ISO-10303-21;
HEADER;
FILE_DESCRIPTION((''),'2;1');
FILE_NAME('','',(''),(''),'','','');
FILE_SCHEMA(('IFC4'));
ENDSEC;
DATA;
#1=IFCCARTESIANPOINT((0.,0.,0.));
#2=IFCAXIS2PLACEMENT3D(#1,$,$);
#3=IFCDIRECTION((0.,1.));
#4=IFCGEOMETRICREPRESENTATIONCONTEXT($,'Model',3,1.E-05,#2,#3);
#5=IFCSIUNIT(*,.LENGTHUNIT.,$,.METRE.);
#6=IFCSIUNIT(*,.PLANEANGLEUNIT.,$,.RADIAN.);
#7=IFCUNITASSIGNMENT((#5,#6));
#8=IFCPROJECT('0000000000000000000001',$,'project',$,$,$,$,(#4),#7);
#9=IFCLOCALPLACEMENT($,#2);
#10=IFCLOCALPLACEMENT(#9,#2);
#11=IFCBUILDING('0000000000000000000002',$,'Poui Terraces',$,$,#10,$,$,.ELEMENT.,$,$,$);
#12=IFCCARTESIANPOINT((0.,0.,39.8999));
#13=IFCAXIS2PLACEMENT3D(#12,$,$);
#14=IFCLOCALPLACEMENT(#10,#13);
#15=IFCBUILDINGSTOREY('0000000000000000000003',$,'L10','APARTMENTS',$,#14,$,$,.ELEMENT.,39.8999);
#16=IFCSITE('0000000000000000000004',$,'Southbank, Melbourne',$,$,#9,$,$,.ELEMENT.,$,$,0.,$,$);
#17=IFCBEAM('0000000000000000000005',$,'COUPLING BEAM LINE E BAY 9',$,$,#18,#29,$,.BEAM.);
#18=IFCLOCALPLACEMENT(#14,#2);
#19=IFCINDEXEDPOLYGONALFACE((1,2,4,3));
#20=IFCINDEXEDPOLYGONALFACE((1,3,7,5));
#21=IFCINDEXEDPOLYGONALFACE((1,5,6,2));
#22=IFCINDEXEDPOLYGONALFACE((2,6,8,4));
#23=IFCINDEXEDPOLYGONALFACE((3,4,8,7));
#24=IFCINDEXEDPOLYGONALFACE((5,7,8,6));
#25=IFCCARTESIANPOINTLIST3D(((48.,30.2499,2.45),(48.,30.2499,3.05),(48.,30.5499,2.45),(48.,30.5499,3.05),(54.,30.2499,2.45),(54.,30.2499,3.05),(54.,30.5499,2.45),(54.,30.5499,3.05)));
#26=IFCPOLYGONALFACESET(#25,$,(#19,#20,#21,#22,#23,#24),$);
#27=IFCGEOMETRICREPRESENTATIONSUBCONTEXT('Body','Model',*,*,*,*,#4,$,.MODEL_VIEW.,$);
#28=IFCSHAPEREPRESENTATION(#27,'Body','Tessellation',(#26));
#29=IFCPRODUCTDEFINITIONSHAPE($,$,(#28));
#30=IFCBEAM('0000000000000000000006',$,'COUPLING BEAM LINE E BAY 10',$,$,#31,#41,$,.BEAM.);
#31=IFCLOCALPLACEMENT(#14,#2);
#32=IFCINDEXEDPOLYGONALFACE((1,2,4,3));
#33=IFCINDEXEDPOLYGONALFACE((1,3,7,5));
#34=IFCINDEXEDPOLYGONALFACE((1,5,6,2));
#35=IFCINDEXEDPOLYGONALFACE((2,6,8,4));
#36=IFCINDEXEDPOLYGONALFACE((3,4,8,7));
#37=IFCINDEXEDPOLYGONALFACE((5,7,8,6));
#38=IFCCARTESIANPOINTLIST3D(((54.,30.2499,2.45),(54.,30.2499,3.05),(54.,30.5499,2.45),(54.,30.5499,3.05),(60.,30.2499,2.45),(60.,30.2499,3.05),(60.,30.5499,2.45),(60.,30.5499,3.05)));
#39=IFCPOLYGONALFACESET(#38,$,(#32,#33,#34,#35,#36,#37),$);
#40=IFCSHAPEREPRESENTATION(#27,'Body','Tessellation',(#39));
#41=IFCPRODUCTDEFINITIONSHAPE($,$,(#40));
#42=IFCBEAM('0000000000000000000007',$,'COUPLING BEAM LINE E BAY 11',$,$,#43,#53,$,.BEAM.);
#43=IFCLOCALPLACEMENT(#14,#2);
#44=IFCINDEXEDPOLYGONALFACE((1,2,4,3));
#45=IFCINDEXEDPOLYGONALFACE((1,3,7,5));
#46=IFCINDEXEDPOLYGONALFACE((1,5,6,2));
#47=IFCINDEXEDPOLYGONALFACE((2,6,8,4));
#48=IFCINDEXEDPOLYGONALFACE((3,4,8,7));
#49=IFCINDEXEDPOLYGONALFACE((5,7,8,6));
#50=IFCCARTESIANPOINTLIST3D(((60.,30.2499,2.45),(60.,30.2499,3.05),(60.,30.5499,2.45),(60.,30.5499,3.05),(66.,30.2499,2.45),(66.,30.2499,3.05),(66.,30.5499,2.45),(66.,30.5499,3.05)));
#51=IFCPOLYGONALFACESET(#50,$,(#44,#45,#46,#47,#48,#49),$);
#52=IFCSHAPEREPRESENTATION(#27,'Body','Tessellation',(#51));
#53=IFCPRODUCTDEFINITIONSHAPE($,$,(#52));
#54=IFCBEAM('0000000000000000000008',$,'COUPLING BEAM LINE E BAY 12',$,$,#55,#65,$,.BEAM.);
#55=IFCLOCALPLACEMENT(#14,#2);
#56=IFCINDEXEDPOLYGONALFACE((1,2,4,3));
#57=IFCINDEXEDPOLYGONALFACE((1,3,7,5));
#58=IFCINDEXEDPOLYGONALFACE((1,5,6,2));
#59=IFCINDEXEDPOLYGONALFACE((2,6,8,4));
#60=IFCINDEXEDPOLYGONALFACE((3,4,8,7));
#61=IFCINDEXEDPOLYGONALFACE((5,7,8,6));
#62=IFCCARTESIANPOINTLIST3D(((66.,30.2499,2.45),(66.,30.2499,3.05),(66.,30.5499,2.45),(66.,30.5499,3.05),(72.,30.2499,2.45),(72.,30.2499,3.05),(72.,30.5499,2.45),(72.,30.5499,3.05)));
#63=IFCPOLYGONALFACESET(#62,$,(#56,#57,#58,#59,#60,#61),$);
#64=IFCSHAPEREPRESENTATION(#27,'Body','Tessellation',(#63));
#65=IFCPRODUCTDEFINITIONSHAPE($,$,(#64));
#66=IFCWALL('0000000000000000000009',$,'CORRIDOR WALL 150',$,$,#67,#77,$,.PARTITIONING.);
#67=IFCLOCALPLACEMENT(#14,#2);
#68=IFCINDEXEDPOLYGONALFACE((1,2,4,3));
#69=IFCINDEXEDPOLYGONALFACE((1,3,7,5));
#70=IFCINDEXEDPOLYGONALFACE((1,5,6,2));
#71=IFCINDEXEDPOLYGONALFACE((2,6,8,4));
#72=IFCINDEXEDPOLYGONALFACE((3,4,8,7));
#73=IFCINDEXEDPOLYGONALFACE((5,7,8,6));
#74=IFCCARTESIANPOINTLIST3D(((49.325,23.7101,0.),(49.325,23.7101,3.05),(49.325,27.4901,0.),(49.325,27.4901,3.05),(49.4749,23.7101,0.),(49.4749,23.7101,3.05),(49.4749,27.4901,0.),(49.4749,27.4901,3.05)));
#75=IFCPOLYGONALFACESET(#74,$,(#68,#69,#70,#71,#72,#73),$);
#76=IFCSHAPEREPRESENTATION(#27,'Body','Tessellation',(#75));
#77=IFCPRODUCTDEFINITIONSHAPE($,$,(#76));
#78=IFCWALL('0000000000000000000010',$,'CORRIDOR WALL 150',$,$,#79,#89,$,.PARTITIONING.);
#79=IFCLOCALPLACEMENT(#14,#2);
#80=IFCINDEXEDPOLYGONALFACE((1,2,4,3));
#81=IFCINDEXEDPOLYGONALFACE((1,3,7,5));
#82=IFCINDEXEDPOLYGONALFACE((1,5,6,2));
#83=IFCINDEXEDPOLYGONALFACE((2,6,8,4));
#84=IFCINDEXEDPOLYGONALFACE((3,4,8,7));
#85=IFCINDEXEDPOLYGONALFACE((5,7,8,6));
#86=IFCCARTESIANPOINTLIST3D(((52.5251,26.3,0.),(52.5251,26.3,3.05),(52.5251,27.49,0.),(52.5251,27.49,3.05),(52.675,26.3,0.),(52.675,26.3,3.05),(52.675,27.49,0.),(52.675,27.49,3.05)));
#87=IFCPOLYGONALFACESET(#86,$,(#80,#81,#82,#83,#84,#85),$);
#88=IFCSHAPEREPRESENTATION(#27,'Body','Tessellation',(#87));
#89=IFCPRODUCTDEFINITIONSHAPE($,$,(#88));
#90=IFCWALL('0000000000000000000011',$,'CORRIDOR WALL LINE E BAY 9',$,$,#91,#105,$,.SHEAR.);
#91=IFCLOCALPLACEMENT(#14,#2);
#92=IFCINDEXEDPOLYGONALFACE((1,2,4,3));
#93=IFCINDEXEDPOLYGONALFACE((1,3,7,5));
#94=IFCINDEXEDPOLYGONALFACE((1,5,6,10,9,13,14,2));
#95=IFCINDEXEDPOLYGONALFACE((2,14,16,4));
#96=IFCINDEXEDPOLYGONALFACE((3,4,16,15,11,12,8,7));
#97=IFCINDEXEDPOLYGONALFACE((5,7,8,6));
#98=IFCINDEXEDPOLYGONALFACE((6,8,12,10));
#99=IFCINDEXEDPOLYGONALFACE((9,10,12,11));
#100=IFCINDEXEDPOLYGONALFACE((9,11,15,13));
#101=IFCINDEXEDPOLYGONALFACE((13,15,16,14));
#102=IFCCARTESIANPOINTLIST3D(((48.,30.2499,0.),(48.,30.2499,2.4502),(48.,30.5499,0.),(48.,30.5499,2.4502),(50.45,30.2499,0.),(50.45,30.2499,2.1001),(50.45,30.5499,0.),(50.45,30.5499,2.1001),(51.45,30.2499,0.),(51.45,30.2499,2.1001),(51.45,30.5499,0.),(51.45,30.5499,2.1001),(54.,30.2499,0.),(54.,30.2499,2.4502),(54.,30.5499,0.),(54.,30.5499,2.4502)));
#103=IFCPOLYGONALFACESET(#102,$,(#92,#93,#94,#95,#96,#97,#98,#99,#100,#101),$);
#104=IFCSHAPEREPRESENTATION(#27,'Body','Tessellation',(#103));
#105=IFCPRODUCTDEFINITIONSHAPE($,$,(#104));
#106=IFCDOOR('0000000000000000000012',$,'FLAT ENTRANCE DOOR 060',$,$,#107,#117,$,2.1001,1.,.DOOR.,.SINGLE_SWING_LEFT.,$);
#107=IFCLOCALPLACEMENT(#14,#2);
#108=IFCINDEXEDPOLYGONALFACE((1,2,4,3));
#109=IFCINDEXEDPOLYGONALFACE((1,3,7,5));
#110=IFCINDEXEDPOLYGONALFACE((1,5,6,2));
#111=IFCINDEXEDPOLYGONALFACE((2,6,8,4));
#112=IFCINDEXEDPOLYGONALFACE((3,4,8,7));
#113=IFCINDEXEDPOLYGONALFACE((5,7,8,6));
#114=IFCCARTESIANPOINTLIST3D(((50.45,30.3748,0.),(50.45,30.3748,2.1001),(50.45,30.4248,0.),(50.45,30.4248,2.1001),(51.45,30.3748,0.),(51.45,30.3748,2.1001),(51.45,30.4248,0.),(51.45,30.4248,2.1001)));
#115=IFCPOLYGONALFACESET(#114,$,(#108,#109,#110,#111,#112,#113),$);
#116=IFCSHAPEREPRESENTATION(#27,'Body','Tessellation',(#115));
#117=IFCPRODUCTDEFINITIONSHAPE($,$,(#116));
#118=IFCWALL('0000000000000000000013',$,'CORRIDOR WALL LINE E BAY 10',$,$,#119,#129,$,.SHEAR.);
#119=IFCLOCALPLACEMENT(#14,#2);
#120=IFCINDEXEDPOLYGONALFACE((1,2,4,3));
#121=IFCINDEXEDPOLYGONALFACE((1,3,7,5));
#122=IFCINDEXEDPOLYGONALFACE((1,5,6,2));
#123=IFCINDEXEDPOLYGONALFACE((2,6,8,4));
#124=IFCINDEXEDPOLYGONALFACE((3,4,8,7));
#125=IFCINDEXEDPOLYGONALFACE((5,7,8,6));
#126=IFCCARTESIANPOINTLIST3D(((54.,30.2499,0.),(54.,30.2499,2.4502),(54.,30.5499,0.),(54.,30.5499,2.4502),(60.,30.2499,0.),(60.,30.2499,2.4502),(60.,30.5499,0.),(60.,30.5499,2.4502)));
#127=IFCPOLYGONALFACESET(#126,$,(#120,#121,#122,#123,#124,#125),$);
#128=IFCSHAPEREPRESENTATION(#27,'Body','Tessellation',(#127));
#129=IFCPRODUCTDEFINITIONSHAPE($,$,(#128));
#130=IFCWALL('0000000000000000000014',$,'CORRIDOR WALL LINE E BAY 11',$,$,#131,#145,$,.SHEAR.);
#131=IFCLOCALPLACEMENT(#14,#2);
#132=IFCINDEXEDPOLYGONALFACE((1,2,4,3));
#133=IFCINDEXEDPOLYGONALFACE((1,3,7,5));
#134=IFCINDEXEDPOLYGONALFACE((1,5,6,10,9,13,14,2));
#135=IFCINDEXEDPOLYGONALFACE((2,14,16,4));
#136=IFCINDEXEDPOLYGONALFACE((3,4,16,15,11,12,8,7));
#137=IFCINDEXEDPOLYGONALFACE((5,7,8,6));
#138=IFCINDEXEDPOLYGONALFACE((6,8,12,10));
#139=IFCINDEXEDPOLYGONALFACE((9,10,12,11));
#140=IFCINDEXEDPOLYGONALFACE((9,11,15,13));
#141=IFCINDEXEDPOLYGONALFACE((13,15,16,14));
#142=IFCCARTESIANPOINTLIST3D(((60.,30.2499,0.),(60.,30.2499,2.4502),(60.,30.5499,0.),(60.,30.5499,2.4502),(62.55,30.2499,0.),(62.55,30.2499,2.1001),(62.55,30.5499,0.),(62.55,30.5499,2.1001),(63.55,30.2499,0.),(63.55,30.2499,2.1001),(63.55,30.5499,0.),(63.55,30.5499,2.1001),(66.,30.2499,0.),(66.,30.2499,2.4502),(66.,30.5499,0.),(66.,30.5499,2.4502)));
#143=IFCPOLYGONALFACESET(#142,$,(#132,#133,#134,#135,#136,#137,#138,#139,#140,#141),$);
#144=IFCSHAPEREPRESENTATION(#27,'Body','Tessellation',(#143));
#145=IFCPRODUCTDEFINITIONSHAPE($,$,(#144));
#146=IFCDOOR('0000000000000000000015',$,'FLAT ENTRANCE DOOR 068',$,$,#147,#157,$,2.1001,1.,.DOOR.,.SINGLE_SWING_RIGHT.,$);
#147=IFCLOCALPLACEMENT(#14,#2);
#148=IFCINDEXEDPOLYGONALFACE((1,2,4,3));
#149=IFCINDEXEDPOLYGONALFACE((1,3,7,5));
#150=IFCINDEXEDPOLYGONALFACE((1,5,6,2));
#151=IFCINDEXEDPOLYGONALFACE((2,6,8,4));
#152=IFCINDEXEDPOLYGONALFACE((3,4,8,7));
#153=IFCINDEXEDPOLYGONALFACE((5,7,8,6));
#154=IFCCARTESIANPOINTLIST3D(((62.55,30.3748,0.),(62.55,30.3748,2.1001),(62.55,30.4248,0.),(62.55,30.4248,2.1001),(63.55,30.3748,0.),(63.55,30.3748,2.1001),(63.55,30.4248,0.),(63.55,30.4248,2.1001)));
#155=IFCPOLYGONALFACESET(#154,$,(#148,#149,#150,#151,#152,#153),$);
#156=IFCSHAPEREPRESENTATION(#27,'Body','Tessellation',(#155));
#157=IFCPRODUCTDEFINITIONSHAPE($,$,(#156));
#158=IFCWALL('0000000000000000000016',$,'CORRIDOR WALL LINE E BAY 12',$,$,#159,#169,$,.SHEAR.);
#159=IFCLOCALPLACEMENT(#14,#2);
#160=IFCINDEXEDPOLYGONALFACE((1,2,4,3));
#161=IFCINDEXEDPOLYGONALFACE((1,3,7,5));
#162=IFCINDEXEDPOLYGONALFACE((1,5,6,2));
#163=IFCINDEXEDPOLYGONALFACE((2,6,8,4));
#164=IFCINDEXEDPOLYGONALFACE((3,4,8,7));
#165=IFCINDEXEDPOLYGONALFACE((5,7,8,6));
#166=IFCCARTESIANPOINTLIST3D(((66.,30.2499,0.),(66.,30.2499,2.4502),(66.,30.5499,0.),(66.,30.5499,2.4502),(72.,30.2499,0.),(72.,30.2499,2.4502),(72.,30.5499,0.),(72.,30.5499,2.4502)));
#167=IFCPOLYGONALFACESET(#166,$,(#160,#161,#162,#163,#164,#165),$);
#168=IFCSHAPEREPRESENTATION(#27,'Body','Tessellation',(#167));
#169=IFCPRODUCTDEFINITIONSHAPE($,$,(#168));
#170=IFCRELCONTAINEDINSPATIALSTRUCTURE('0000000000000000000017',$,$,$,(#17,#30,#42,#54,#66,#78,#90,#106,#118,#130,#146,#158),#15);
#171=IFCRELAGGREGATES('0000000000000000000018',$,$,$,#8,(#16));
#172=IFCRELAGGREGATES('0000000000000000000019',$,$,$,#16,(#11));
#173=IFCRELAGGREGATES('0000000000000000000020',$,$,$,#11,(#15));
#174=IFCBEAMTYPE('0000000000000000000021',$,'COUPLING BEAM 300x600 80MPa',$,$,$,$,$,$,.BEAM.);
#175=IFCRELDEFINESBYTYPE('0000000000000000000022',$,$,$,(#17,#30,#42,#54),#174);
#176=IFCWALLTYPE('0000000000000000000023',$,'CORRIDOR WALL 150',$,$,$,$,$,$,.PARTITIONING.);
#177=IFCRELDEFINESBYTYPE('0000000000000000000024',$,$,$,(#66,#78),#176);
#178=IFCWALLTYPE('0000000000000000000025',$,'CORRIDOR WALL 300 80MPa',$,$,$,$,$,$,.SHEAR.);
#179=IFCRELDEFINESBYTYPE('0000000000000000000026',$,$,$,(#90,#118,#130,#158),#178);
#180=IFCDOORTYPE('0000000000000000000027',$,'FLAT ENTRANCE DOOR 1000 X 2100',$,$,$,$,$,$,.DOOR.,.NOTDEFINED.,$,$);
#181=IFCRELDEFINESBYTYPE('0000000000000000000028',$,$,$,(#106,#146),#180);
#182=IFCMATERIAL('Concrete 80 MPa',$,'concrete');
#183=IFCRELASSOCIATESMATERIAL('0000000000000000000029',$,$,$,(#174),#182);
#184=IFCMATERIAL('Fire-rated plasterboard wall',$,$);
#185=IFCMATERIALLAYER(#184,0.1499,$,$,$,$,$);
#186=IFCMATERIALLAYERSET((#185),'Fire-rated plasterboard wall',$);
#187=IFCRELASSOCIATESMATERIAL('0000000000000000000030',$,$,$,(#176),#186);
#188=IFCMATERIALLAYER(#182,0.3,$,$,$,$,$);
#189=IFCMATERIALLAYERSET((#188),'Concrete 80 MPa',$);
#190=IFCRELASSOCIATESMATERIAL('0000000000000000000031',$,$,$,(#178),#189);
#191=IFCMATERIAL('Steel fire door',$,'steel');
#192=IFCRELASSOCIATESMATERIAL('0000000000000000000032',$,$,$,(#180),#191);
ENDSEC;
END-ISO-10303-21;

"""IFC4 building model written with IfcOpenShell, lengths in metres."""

from ifc_helpers import new_model, si_unit, direction, frame, frame_2d, origin, origin_2d, place, context, subcontext, project, spatial, rectangle, extrude, source, transform, mapped, material, layer, layer_set, material_profile, profile_set, type_object, element, fill, save


model = new_model("IFC4")

# Units and contexts
model_context = context("Model", 3, precision=1e-05, world=origin(), true_north=direction((0.0, 1.0)))
body_context = subcontext(model_context, "Body", "Model", "MODEL_VIEW")
ifc_project = project(units=[si_unit("LENGTHUNIT", "METRE"), si_unit("PLANEANGLEUNIT", "RADIAN")], contexts=[model_context])

# Site, building, storey
site_placement = place(None, origin())
site = spatial("IfcSite", under=ifc_project, at=site_placement, Name="Southbank, Melbourne", CompositionType="ELEMENT", RefElevation=0.0)
building_placement = place(site_placement, origin())
building = spatial("IfcBuilding", under=site, at=building_placement, Name="Poui Terraces", CompositionType="ELEMENT")
storey_placement = place(building_placement, frame((0.0, 0.0, 39.8999)))
storey = spatial("IfcBuildingStorey", under=building, at=storey_placement, Name="L10", Description="APARTMENTS", CompositionType="ELEMENT", Elevation=39.8999)

# Beams
ifc_material_1 = material(Name="Concrete 80 MPa", Category="concrete")
ifc_material_profile = material_profile(ifc_material_1, rectangle(XDim=0.3, YDim=0.6001, at=origin_2d()), Name="RC 300x600")
ifc_profile_set = profile_set([ifc_material_profile], Name="Concrete 80 MPa")
beam_type = type_object("IfcBeamType", Name="COUPLING BEAM 300x600 80MPa", PredefinedType="BEAM", material=ifc_profile_set)
shared_shape = source(origin(), body_context, "Body", "SweptSolid", [
    extrude(rectangle(XDim=0.3, YDim=0.6001, at=origin_2d()), origin(), (0.0, 0.0, 1.0), 6.0),
])
for number, where, z_axis, x_axis, name in (
    (1, (48.0, 30.3999, 2.75), (1.0, 0.0, 0.0), (0.0, 1.0, 0.0), "COUPLING BEAM LINE E BAY 9"),
    (2, (54.0, 30.3999, 2.75), (1.0, 0.0, 0.0), (0.0, 1.0, 0.0), "COUPLING BEAM LINE E BAY 10"),
    (3, (60.0, 30.3999, 2.75), (1.0, 0.0, 0.0), (0.0, 1.0, 0.0), "COUPLING BEAM LINE E BAY 11"),
    (4, (66.0, 30.3999, 2.75), (1.0, 0.0, 0.0), (0.0, 1.0, 0.0), "COUPLING BEAM LINE E BAY 12"),
):
    element("IfcBeam", number, at=place(storey_placement, frame(where, z_axis=z_axis, x_axis=x_axis)), inside=storey, type_object=beam_type, Name=name, PredefinedType="BEAM", context=body_context, shape_type="MappedRepresentation", body=[
        mapped(shared_shape, transform((0.0, 0.0, 0.0))),
    ])

# Walls
ifc_material_2 = material(Name="Fire-rated plasterboard wall")
ifc_layer_1 = layer(ifc_material_2, 0.1499)
ifc_layer_set_1 = layer_set([ifc_layer_1], Name="Fire-rated plasterboard wall")
wall_type_1 = type_object("IfcWallType", Name="CORRIDOR WALL 150", PredefinedType="PARTITIONING", material=ifc_layer_set_1)
wall_1_placement = place(storey_placement, frame((49.3999, 23.71, 0.0), z_axis=(0.0, 0.0, 1.0), x_axis=(0.0, 1.0, 0.0)))
element("IfcWall", 5, at=wall_1_placement, inside=storey, type_object=wall_type_1, Name="CORRIDOR WALL 150", PredefinedType="PARTITIONING", context=body_context, shape_type="SweptSolid", body=[
    extrude(rectangle(XDim=3.78, YDim=0.1499, at=frame_2d((1.8901, 0.0))), origin(), (0.0, 0.0, 1.0), 3.05),
])
wall_2_placement = place(storey_placement, frame((52.6001, 26.3, 0.0), z_axis=(0.0, 0.0, 1.0), x_axis=(0.0, 1.0, 0.0)))
element("IfcWall", 6, at=wall_2_placement, inside=storey, type_object=wall_type_1, Name="CORRIDOR WALL 150", PredefinedType="PARTITIONING", context=body_context, shape_type="SweptSolid", body=[
    extrude(rectangle(XDim=1.1899, YDim=0.1499, at=frame_2d((0.595, 0.0))), origin(), (0.0, 0.0, 1.0), 3.05),
])

# Wall, opening, door
ifc_layer_2 = layer(ifc_material_1, 0.3)
ifc_layer_set_2 = layer_set([ifc_layer_2], Name="Concrete 80 MPa")
wall_type_2 = type_object("IfcWallType", Name="CORRIDOR WALL 300 80MPa", PredefinedType="SHEAR", material=ifc_layer_set_2)
wall_3_placement = place(storey_placement, frame((48.0, 30.3999, 0.0), z_axis=(0.0, 0.0, 1.0), x_axis=(1.0, 0.0, 0.0)))
wall_3 = element("IfcWall", 7, at=wall_3_placement, inside=storey, type_object=wall_type_2, Name="CORRIDOR WALL LINE E BAY 9", PredefinedType="SHEAR", context=body_context, shape_type="SweptSolid", body=[
    extrude(rectangle(XDim=6.0, YDim=0.3, at=frame_2d((3.0, 0.0))), origin(), (0.0, 0.0, 1.0), 2.4502),
])
opening_1_placement = place(wall_3_placement, frame((2.45, 0.0, 0.0)))
opening_1 = element("IfcOpeningElement", 8, at=opening_1_placement, cuts=wall_3, PredefinedType="OPENING", context=body_context, shape_type="SweptSolid", body=[
    extrude(rectangle(XDim=1.0, YDim=2.1001, at=frame_2d((0.5, 1.05))), frame((0.0, 0.1602, 0.0), z_axis=(0.0, -1.0, 0.0), x_axis=(1.0, 0.0, 0.0)), (0.0, 0.0, 1.0), 0.3201),
])
ifc_material_3 = material(Name="Steel fire door", Category="steel")
door_type_1 = type_object("IfcDoorType", Name="FLAT ENTRANCE DOOR 1000 X 2100", OperationType="NOTDEFINED", PredefinedType="DOOR", material=ifc_material_3)
door_1_placement = place(opening_1_placement, origin())
door_1 = element("IfcDoor", 9, at=door_1_placement, inside=storey, type_object=door_type_1, Name="FLAT ENTRANCE DOOR 060", OperationType="SINGLE_SWING_LEFT", OverallHeight=2.1001, OverallWidth=1.0, PredefinedType="DOOR", context=body_context, shape_type="SweptSolid", body=[
    extrude(rectangle(XDim=1.0, YDim=2.1001, at=frame_2d((0.5, 1.05))), frame((0.0, 0.0249, 0.0), z_axis=(0.0, -1.0, 0.0), x_axis=(1.0, 0.0, 0.0)), (0.0, 0.0, 1.0), 0.05),
])
fill(opening_1, door_1)

# Wall
wall_4_placement = place(storey_placement, frame((54.0, 30.3999, 0.0), z_axis=(0.0, 0.0, 1.0), x_axis=(1.0, 0.0, 0.0)))
element("IfcWall", 10, at=wall_4_placement, inside=storey, type_object=wall_type_2, Name="CORRIDOR WALL LINE E BAY 10", PredefinedType="SHEAR", context=body_context, shape_type="SweptSolid", body=[
    extrude(rectangle(XDim=6.0, YDim=0.3, at=frame_2d((3.0, 0.0))), origin(), (0.0, 0.0, 1.0), 2.4502),
])

# Wall, opening, door
wall_5_placement = place(storey_placement, frame((60.0, 30.3999, 0.0), z_axis=(0.0, 0.0, 1.0), x_axis=(1.0, 0.0, 0.0)))
wall_5 = element("IfcWall", 11, at=wall_5_placement, inside=storey, type_object=wall_type_2, Name="CORRIDOR WALL LINE E BAY 11", PredefinedType="SHEAR", context=body_context, shape_type="SweptSolid", body=[
    extrude(rectangle(XDim=6.0, YDim=0.3, at=frame_2d((3.0, 0.0))), origin(), (0.0, 0.0, 1.0), 2.4502),
])
opening_2_placement = place(wall_5_placement, frame((2.55, 0.0, 0.0)))
opening_2 = element("IfcOpeningElement", 12, at=opening_2_placement, cuts=wall_5, PredefinedType="OPENING", context=body_context, shape_type="SweptSolid", body=[
    extrude(rectangle(XDim=1.0, YDim=2.1001, at=frame_2d((0.5, 1.05))), frame((0.0, 0.1602, 0.0), z_axis=(0.0, -1.0, 0.0), x_axis=(1.0, 0.0, 0.0)), (0.0, 0.0, 1.0), 0.3201),
])
door_2_placement = place(opening_2_placement, origin())
door_2 = element("IfcDoor", 13, at=door_2_placement, inside=storey, type_object=door_type_1, Name="FLAT ENTRANCE DOOR 068", OperationType="SINGLE_SWING_RIGHT", OverallHeight=2.1001, OverallWidth=1.0, PredefinedType="DOOR", context=body_context, shape_type="SweptSolid", body=[
    extrude(rectangle(XDim=1.0, YDim=2.1001, at=frame_2d((0.5, 1.05))), frame((0.0, 0.0249, 0.0), z_axis=(0.0, -1.0, 0.0), x_axis=(1.0, 0.0, 0.0)), (0.0, 0.0, 1.0), 0.05),
])
fill(opening_2, door_2)

# Wall
wall_6_placement = place(storey_placement, frame((66.0, 30.3999, 0.0), z_axis=(0.0, 0.0, 1.0), x_axis=(1.0, 0.0, 0.0)))
element("IfcWall", 14, at=wall_6_placement, inside=storey, type_object=wall_type_2, Name="CORRIDOR WALL LINE E BAY 12", PredefinedType="SHEAR", context=body_context, shape_type="SweptSolid", body=[
    extrude(rectangle(XDim=6.0, YDim=0.3, at=frame_2d((3.0, 0.0))), origin(), (0.0, 0.0, 1.0), 2.4502),
])

save(model, "model.ifc")
